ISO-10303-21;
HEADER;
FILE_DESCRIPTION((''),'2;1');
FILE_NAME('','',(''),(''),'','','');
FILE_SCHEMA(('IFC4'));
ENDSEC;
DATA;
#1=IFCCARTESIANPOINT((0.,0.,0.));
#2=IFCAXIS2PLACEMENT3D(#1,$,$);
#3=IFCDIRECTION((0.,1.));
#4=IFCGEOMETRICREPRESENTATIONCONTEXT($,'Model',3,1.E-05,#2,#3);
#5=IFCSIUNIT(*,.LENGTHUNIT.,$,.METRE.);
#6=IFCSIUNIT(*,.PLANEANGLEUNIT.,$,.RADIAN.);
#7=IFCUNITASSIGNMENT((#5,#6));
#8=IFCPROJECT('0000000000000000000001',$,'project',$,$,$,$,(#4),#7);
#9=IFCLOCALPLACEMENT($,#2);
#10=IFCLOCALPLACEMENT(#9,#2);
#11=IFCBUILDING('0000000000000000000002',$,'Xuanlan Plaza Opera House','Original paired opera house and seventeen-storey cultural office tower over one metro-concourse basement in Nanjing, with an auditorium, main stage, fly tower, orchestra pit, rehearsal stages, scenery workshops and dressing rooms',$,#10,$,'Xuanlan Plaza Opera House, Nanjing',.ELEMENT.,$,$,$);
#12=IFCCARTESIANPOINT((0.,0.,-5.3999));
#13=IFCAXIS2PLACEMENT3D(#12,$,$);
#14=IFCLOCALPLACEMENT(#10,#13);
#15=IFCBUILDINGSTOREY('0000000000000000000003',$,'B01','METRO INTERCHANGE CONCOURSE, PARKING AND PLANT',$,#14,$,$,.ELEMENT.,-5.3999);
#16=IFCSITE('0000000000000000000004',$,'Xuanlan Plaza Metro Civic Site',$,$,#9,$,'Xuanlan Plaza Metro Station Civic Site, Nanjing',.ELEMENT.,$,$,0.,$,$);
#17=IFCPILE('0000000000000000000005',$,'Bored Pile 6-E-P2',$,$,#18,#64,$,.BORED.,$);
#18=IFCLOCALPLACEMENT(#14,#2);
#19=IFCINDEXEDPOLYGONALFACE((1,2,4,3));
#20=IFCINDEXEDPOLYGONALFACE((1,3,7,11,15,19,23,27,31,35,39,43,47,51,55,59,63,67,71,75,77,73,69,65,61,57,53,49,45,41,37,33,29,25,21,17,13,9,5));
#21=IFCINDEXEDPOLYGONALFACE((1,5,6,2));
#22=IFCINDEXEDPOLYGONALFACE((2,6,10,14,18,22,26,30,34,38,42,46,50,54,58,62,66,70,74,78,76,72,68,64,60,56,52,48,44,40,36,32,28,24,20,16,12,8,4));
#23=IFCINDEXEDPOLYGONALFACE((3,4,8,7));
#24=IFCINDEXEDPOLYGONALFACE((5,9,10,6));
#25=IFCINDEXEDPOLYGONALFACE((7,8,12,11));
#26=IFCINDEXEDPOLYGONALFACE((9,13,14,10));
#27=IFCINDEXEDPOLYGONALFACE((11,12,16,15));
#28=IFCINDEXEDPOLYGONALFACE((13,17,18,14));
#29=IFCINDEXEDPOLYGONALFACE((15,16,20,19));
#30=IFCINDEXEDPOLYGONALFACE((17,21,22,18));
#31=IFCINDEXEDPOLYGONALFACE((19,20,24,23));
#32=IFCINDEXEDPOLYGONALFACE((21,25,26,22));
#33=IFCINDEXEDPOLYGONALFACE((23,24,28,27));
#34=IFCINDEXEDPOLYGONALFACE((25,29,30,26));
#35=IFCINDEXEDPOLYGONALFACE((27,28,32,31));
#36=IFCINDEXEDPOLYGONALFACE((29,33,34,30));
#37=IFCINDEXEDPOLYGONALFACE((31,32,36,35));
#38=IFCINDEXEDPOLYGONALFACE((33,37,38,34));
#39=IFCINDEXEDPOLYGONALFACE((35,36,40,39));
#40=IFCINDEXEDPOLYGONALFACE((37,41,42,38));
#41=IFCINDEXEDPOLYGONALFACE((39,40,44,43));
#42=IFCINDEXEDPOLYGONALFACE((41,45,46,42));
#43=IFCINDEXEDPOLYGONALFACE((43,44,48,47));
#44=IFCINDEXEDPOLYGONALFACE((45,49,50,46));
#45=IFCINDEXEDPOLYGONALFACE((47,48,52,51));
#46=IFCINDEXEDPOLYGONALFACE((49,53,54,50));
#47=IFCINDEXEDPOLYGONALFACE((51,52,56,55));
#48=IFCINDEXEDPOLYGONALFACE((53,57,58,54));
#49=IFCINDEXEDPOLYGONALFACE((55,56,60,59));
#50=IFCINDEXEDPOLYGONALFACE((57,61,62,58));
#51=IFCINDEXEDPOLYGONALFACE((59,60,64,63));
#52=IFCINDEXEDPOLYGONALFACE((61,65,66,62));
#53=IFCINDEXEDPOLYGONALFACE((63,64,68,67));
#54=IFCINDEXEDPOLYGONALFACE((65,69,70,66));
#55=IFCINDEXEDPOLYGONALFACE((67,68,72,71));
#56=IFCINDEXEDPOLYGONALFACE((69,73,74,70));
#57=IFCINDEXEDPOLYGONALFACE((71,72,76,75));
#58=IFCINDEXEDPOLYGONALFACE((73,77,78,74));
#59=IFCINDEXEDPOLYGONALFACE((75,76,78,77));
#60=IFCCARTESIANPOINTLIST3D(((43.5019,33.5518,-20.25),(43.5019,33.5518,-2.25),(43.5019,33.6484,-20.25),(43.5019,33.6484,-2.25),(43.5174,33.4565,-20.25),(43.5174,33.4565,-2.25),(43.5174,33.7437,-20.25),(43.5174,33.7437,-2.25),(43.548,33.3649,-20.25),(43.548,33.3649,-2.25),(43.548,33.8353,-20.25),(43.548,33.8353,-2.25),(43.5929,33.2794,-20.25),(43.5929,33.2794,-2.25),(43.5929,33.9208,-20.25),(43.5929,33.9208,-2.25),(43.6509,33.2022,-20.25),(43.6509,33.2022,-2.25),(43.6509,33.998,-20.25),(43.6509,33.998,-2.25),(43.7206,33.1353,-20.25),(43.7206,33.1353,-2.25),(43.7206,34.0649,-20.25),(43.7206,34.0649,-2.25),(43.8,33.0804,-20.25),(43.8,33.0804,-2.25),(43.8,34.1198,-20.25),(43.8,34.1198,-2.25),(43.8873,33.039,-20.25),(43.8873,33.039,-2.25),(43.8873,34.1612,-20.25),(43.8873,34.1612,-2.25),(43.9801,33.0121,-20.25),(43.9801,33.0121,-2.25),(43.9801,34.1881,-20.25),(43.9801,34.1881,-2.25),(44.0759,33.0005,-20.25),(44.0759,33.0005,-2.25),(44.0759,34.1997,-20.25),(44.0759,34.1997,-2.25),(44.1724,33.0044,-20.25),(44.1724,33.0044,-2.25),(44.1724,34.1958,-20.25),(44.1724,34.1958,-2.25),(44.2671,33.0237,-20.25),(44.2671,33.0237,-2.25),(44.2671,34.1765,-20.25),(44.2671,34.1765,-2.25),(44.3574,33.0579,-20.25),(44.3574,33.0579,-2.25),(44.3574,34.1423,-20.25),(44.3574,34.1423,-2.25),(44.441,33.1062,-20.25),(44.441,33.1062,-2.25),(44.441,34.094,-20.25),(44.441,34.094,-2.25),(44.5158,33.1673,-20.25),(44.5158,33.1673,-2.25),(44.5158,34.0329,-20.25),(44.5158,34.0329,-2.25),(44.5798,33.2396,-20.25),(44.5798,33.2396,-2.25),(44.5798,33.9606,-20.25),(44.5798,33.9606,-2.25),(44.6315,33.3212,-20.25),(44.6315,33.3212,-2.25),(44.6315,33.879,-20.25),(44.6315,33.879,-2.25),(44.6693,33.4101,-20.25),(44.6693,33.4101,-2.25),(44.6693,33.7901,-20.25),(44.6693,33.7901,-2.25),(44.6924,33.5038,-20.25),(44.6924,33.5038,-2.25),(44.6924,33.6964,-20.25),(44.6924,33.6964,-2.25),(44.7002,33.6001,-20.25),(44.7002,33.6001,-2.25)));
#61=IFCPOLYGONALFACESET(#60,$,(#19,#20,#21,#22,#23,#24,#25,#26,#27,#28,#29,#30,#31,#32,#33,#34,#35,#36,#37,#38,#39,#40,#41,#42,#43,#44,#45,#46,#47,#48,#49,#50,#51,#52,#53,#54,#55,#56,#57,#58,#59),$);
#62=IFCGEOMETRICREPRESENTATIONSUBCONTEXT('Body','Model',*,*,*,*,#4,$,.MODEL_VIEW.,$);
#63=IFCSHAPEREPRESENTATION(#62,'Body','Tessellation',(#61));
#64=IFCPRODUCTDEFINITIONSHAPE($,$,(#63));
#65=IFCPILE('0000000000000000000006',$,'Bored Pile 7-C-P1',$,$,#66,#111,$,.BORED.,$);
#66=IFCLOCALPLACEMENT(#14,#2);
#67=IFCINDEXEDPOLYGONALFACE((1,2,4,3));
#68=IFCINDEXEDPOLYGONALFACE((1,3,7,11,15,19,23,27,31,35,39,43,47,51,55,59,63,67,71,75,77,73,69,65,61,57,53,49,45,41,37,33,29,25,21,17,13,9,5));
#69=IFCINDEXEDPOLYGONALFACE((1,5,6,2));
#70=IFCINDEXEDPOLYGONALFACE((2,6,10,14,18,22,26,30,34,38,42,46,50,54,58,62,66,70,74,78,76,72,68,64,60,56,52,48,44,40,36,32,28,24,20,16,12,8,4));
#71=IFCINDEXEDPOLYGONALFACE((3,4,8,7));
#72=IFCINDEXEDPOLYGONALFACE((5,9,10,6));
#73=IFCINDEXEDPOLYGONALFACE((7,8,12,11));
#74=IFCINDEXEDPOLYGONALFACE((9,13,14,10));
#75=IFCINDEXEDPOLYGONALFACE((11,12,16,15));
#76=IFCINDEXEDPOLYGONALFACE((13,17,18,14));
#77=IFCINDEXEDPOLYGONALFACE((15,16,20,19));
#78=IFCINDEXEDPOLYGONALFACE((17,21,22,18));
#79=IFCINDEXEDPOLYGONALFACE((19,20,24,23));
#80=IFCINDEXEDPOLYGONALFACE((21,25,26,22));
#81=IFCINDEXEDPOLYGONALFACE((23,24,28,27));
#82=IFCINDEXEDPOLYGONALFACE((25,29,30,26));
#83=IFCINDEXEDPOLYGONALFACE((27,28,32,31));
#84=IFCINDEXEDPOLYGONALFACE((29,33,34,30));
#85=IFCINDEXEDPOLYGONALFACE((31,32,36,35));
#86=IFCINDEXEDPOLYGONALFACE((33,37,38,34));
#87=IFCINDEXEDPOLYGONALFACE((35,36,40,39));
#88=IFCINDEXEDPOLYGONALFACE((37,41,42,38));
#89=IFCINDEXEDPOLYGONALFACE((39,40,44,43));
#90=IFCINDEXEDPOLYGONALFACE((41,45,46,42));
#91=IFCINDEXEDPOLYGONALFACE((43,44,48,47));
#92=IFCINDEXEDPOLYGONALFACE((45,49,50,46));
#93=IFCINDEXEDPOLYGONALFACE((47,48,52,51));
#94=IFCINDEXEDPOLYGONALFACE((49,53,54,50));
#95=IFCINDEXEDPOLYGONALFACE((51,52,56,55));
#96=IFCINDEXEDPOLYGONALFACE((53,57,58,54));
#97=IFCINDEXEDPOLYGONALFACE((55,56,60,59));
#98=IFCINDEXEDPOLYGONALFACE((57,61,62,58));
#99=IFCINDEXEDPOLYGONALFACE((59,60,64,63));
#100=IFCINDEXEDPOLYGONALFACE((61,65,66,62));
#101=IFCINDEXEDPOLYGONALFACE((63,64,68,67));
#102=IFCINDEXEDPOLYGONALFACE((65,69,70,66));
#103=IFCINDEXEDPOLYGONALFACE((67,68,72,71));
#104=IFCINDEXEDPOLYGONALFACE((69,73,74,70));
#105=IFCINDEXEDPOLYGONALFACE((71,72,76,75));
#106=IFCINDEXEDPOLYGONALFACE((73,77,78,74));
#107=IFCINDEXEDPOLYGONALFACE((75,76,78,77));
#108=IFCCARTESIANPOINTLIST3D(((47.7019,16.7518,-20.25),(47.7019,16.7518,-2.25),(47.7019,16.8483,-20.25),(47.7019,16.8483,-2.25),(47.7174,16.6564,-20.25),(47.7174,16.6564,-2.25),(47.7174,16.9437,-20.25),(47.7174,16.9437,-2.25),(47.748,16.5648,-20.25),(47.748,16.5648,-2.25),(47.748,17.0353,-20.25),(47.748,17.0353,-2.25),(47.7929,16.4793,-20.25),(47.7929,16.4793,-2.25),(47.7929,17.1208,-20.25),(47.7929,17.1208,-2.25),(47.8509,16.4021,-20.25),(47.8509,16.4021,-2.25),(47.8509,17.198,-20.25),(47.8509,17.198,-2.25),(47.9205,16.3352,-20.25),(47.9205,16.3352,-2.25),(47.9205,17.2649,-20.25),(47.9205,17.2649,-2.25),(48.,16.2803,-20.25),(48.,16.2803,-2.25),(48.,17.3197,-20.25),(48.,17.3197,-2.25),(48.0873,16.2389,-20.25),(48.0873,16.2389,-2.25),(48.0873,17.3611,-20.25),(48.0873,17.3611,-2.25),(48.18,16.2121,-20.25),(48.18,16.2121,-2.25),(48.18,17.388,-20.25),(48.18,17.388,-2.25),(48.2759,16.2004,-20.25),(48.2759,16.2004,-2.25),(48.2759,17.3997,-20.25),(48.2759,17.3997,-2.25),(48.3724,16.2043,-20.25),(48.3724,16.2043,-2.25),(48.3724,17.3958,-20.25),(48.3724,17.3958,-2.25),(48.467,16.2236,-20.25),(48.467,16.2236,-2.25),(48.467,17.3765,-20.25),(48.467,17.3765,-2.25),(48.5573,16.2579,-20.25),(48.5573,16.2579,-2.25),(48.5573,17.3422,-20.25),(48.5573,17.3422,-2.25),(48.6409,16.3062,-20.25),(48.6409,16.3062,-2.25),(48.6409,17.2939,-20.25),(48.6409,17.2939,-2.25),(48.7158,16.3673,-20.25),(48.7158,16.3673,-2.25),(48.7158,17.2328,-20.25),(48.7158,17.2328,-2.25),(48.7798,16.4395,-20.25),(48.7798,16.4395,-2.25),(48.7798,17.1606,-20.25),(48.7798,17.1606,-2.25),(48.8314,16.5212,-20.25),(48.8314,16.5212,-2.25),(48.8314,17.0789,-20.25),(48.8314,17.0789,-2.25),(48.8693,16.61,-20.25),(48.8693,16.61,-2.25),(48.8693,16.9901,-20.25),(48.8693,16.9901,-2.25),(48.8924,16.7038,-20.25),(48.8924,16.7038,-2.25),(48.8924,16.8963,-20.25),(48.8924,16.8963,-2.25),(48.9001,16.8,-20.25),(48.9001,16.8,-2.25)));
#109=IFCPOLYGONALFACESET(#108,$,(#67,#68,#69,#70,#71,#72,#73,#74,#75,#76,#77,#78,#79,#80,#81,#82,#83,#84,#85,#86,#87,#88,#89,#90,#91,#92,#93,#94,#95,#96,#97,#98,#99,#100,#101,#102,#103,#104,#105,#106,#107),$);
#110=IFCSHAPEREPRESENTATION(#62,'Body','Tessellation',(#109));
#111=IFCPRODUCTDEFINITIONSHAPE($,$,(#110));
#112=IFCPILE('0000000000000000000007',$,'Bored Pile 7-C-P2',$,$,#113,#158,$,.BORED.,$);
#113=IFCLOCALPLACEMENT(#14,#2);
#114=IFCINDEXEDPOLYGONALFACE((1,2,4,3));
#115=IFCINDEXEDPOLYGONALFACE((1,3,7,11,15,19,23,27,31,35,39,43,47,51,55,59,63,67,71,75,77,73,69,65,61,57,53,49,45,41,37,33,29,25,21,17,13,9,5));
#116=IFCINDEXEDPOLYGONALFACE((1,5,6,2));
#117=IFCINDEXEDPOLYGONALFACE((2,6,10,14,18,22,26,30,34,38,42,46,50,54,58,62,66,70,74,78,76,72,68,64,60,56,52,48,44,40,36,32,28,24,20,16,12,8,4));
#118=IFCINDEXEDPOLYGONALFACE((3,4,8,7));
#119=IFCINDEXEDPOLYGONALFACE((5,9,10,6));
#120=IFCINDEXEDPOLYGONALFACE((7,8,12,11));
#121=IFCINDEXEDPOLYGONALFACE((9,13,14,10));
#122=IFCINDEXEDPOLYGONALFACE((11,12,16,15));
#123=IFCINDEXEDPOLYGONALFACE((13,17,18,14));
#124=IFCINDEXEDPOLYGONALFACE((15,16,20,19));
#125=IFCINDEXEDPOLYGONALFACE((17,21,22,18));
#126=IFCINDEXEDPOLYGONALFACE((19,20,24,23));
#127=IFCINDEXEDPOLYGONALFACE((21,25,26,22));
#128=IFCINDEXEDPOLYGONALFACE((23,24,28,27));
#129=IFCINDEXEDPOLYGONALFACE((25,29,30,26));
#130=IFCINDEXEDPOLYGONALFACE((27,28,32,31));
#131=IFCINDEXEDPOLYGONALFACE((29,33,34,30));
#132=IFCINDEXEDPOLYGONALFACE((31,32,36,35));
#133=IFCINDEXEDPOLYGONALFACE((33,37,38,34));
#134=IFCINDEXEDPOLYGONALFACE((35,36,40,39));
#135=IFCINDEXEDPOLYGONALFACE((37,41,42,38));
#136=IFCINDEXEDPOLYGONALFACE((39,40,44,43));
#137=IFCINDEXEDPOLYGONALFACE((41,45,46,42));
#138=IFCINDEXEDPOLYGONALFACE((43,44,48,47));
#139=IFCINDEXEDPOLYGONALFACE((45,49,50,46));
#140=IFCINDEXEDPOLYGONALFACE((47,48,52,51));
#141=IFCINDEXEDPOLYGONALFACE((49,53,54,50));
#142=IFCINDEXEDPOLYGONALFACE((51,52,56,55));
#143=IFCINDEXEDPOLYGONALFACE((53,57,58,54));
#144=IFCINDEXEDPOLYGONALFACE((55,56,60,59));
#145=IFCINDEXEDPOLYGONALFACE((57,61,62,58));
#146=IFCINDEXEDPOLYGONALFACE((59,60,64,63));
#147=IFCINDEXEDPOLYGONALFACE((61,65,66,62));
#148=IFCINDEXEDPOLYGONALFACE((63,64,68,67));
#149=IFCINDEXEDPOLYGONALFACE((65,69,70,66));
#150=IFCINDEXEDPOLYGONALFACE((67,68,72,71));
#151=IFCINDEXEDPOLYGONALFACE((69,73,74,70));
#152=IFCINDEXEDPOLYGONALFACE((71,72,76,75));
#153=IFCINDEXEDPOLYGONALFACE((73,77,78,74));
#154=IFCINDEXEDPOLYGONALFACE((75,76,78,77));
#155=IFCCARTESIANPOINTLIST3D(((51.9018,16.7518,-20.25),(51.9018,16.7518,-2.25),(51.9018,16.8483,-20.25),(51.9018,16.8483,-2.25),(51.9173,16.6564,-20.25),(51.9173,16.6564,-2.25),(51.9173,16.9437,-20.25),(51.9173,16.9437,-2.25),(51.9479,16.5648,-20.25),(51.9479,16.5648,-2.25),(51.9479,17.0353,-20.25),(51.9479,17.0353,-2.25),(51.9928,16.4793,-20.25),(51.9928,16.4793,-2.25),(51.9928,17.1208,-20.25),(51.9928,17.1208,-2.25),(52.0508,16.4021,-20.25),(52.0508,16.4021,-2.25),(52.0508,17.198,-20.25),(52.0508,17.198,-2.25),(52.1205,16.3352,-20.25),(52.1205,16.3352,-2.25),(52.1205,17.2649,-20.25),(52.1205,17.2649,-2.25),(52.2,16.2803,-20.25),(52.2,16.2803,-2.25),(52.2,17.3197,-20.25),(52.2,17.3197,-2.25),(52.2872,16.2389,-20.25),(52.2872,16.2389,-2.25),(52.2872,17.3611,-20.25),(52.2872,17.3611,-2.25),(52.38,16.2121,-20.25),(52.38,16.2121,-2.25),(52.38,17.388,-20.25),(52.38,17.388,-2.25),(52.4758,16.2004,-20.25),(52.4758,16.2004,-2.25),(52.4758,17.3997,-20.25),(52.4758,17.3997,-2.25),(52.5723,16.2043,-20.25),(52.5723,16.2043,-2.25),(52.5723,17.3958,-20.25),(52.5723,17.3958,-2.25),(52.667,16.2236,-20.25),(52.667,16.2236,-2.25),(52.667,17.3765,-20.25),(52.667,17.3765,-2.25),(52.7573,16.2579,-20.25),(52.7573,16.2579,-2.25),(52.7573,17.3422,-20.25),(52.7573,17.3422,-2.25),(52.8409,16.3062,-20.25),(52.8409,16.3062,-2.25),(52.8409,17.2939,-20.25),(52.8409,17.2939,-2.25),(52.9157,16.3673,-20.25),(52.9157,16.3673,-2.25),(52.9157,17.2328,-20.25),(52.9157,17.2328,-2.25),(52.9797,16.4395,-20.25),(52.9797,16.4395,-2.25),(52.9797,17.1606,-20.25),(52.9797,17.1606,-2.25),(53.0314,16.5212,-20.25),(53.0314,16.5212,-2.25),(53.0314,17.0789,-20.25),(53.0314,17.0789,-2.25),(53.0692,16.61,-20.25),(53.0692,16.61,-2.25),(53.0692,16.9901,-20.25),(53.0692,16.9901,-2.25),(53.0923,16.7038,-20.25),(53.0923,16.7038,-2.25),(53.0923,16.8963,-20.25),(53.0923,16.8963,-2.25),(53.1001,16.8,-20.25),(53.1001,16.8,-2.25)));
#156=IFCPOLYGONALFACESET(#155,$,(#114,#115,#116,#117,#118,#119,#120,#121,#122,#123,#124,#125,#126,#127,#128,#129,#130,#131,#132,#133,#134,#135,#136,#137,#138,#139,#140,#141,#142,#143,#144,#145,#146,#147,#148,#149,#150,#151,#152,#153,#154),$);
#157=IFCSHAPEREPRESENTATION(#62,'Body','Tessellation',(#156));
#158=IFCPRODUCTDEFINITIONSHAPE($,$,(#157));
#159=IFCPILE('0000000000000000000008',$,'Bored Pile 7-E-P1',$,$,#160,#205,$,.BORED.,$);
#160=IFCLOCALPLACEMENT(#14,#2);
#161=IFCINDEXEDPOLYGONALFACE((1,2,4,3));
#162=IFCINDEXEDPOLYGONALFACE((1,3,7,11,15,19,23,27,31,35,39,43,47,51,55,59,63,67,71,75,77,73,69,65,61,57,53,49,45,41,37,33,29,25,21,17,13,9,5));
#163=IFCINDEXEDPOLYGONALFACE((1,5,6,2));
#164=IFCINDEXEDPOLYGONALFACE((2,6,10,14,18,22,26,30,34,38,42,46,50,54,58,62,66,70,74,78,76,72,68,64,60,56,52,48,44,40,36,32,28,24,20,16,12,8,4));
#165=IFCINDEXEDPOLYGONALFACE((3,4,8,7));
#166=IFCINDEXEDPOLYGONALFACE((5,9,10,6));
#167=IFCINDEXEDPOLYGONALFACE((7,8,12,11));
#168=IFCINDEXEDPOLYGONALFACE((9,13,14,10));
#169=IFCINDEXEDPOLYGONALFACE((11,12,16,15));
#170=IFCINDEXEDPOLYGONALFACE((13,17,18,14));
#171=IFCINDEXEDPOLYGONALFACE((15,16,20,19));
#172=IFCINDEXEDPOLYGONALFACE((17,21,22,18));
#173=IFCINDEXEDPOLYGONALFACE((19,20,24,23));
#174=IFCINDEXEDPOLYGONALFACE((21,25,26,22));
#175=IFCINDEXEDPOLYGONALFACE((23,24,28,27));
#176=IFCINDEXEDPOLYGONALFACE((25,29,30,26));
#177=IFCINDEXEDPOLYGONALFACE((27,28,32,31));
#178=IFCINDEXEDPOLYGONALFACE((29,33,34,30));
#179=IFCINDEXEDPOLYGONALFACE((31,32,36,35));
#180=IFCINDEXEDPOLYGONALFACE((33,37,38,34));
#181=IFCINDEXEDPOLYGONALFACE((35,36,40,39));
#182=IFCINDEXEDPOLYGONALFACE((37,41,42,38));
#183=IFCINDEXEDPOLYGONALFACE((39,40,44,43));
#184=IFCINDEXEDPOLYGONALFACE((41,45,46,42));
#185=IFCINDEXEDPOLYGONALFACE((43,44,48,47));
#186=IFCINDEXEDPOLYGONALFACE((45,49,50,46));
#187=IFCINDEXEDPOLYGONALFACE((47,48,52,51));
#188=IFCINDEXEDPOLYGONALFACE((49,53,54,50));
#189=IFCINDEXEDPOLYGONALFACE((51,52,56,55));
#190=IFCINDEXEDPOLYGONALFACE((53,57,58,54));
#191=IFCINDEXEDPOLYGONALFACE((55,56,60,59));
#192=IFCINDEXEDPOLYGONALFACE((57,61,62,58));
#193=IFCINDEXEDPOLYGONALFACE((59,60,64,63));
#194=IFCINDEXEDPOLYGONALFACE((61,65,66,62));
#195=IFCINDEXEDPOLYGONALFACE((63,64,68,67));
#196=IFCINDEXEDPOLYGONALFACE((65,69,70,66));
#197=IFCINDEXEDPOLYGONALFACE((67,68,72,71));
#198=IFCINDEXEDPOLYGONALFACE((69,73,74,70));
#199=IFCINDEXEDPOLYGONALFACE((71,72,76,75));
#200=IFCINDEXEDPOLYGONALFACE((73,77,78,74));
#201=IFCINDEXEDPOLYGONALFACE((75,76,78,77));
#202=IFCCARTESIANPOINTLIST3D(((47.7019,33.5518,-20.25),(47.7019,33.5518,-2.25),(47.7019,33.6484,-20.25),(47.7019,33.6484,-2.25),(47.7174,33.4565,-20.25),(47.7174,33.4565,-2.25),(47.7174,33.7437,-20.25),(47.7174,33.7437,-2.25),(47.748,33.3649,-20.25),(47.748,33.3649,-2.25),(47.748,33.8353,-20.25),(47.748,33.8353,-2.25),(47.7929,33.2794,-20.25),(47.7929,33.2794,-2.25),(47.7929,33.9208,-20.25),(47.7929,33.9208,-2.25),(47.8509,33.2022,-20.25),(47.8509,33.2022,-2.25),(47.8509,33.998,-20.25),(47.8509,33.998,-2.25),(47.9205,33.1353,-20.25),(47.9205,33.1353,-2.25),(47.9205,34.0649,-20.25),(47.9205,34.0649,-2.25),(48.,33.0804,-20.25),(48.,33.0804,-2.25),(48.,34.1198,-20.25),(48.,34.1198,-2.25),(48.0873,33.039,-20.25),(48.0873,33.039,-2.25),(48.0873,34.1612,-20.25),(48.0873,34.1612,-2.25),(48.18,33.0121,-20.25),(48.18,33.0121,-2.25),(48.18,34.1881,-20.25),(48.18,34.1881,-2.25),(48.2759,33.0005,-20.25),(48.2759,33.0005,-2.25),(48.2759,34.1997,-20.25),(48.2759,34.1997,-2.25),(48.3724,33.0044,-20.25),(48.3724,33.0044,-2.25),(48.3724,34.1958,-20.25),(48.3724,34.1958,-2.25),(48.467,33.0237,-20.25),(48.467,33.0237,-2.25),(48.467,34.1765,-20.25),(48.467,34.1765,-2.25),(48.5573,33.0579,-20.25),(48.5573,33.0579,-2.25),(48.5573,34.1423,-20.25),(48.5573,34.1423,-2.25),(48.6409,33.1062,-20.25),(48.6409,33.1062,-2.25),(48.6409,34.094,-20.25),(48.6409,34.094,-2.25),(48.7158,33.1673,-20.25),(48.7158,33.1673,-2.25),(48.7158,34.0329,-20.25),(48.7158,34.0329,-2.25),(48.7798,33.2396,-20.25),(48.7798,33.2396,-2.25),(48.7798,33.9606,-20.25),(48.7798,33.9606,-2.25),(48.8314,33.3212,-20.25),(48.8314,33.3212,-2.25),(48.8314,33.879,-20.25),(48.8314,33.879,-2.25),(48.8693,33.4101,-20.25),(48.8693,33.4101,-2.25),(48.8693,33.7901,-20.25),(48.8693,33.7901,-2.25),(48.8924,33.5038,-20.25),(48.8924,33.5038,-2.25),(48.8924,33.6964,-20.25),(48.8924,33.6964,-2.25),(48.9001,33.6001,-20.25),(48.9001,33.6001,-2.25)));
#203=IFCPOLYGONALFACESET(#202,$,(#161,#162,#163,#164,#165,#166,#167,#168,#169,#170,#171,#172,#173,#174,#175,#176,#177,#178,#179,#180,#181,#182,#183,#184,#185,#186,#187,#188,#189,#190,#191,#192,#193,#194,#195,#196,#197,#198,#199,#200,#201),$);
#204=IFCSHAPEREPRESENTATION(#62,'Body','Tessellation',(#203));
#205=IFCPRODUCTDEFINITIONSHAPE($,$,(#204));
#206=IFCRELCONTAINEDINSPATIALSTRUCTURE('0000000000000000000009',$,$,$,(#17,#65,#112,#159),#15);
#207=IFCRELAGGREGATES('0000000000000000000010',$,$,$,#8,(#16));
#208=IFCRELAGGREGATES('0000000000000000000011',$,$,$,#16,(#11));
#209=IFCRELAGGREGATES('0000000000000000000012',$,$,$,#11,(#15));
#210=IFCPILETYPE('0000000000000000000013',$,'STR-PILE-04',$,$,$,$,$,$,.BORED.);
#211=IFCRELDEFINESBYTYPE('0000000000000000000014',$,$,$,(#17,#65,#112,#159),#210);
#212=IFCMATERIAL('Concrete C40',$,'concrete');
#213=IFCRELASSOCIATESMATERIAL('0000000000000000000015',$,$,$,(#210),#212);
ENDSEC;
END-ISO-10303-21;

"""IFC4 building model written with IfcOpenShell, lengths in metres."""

from ifc_helpers import new_model, si_unit, direction, frame, origin, origin_2d, place, context, subcontext, project, spatial, circle, extrude, material, material_profile, profile_set, type_object, element, save


model = new_model("IFC4")

# Units and contexts
model_context = context("Model", 3, precision=1e-05, world=origin(), true_north=direction((0.0, 1.0)))
body_context = subcontext(model_context, "Body", "Model", "MODEL_VIEW")
ifc_project = project(units=[si_unit("LENGTHUNIT", "METRE"), si_unit("PLANEANGLEUNIT", "RADIAN")], contexts=[model_context])

# Site, building, storey
site_placement = place(None, origin())
site = spatial("IfcSite", under=ifc_project, at=site_placement, Name="Xuanlan Plaza Metro Civic Site", LongName="Xuanlan Plaza Metro Station Civic Site, Nanjing", CompositionType="ELEMENT", RefElevation=0.0)
building_placement = place(site_placement, origin())
building = spatial("IfcBuilding", under=site, at=building_placement, Name="Xuanlan Plaza Opera House", Description="Original paired opera house and seventeen-storey cultural office tower over one metro-concourse basement in Nanjing, with an auditorium, main stage, fly tower, orchestra pit, rehearsal stages, scenery workshops and dressing rooms", LongName="Xuanlan Plaza Opera House, Nanjing", CompositionType="ELEMENT")
storey_placement = place(building_placement, frame((0.0, 0.0, -5.3999)))
storey = spatial("IfcBuildingStorey", under=building, at=storey_placement, Name="B01", Description="METRO INTERCHANGE CONCOURSE, PARKING AND PLANT", CompositionType="ELEMENT", Elevation=-5.3999)

# Piles
ifc_material_1 = material(Name="Concrete C40", Category="concrete")
ifc_material_profile_1 = material_profile(ifc_material_1, circle(Radius=0.6001, at=origin_2d()), Name="PILE D1200")
ifc_profile_set_1 = profile_set([ifc_material_profile_1], Name="Concrete C40")
pile_type = type_object("IfcPileType", Name="STR-PILE-04", PredefinedType="BORED", material=ifc_profile_set_1)
for number, where, z_axis, x_axis, name in (
    (1, (44.1001, 33.6001, -2.25), (0.0, 0.0, -1.0), (1.0, 0.0, 0.0), "Bored Pile 6-E-P2"),
    (2, (48.3, 16.8, -2.25), (0.0, 0.0, -1.0), (1.0, 0.0, 0.0), "Bored Pile 7-C-P1"),
    (3, (52.5, 16.8, -2.25), (0.0, 0.0, -1.0), (1.0, 0.0, 0.0), "Bored Pile 7-C-P2"),
    (4, (48.3, 33.6001, -2.25), (0.0, 0.0, -1.0), (1.0, 0.0, 0.0), "Bored Pile 7-E-P1"),
):
    element("IfcPile", number, at=place(storey_placement, frame(where, z_axis=z_axis, x_axis=x_axis)), inside=storey, type_object=pile_type, Name=name, PredefinedType="BORED", context=body_context, shape_type="SweptSolid", body=[
        extrude(circle(Radius=0.6001, at=origin_2d()), origin(), (0.0, 0.0, 1.0), 18.0),
    ])

save(model, "model.ifc")
